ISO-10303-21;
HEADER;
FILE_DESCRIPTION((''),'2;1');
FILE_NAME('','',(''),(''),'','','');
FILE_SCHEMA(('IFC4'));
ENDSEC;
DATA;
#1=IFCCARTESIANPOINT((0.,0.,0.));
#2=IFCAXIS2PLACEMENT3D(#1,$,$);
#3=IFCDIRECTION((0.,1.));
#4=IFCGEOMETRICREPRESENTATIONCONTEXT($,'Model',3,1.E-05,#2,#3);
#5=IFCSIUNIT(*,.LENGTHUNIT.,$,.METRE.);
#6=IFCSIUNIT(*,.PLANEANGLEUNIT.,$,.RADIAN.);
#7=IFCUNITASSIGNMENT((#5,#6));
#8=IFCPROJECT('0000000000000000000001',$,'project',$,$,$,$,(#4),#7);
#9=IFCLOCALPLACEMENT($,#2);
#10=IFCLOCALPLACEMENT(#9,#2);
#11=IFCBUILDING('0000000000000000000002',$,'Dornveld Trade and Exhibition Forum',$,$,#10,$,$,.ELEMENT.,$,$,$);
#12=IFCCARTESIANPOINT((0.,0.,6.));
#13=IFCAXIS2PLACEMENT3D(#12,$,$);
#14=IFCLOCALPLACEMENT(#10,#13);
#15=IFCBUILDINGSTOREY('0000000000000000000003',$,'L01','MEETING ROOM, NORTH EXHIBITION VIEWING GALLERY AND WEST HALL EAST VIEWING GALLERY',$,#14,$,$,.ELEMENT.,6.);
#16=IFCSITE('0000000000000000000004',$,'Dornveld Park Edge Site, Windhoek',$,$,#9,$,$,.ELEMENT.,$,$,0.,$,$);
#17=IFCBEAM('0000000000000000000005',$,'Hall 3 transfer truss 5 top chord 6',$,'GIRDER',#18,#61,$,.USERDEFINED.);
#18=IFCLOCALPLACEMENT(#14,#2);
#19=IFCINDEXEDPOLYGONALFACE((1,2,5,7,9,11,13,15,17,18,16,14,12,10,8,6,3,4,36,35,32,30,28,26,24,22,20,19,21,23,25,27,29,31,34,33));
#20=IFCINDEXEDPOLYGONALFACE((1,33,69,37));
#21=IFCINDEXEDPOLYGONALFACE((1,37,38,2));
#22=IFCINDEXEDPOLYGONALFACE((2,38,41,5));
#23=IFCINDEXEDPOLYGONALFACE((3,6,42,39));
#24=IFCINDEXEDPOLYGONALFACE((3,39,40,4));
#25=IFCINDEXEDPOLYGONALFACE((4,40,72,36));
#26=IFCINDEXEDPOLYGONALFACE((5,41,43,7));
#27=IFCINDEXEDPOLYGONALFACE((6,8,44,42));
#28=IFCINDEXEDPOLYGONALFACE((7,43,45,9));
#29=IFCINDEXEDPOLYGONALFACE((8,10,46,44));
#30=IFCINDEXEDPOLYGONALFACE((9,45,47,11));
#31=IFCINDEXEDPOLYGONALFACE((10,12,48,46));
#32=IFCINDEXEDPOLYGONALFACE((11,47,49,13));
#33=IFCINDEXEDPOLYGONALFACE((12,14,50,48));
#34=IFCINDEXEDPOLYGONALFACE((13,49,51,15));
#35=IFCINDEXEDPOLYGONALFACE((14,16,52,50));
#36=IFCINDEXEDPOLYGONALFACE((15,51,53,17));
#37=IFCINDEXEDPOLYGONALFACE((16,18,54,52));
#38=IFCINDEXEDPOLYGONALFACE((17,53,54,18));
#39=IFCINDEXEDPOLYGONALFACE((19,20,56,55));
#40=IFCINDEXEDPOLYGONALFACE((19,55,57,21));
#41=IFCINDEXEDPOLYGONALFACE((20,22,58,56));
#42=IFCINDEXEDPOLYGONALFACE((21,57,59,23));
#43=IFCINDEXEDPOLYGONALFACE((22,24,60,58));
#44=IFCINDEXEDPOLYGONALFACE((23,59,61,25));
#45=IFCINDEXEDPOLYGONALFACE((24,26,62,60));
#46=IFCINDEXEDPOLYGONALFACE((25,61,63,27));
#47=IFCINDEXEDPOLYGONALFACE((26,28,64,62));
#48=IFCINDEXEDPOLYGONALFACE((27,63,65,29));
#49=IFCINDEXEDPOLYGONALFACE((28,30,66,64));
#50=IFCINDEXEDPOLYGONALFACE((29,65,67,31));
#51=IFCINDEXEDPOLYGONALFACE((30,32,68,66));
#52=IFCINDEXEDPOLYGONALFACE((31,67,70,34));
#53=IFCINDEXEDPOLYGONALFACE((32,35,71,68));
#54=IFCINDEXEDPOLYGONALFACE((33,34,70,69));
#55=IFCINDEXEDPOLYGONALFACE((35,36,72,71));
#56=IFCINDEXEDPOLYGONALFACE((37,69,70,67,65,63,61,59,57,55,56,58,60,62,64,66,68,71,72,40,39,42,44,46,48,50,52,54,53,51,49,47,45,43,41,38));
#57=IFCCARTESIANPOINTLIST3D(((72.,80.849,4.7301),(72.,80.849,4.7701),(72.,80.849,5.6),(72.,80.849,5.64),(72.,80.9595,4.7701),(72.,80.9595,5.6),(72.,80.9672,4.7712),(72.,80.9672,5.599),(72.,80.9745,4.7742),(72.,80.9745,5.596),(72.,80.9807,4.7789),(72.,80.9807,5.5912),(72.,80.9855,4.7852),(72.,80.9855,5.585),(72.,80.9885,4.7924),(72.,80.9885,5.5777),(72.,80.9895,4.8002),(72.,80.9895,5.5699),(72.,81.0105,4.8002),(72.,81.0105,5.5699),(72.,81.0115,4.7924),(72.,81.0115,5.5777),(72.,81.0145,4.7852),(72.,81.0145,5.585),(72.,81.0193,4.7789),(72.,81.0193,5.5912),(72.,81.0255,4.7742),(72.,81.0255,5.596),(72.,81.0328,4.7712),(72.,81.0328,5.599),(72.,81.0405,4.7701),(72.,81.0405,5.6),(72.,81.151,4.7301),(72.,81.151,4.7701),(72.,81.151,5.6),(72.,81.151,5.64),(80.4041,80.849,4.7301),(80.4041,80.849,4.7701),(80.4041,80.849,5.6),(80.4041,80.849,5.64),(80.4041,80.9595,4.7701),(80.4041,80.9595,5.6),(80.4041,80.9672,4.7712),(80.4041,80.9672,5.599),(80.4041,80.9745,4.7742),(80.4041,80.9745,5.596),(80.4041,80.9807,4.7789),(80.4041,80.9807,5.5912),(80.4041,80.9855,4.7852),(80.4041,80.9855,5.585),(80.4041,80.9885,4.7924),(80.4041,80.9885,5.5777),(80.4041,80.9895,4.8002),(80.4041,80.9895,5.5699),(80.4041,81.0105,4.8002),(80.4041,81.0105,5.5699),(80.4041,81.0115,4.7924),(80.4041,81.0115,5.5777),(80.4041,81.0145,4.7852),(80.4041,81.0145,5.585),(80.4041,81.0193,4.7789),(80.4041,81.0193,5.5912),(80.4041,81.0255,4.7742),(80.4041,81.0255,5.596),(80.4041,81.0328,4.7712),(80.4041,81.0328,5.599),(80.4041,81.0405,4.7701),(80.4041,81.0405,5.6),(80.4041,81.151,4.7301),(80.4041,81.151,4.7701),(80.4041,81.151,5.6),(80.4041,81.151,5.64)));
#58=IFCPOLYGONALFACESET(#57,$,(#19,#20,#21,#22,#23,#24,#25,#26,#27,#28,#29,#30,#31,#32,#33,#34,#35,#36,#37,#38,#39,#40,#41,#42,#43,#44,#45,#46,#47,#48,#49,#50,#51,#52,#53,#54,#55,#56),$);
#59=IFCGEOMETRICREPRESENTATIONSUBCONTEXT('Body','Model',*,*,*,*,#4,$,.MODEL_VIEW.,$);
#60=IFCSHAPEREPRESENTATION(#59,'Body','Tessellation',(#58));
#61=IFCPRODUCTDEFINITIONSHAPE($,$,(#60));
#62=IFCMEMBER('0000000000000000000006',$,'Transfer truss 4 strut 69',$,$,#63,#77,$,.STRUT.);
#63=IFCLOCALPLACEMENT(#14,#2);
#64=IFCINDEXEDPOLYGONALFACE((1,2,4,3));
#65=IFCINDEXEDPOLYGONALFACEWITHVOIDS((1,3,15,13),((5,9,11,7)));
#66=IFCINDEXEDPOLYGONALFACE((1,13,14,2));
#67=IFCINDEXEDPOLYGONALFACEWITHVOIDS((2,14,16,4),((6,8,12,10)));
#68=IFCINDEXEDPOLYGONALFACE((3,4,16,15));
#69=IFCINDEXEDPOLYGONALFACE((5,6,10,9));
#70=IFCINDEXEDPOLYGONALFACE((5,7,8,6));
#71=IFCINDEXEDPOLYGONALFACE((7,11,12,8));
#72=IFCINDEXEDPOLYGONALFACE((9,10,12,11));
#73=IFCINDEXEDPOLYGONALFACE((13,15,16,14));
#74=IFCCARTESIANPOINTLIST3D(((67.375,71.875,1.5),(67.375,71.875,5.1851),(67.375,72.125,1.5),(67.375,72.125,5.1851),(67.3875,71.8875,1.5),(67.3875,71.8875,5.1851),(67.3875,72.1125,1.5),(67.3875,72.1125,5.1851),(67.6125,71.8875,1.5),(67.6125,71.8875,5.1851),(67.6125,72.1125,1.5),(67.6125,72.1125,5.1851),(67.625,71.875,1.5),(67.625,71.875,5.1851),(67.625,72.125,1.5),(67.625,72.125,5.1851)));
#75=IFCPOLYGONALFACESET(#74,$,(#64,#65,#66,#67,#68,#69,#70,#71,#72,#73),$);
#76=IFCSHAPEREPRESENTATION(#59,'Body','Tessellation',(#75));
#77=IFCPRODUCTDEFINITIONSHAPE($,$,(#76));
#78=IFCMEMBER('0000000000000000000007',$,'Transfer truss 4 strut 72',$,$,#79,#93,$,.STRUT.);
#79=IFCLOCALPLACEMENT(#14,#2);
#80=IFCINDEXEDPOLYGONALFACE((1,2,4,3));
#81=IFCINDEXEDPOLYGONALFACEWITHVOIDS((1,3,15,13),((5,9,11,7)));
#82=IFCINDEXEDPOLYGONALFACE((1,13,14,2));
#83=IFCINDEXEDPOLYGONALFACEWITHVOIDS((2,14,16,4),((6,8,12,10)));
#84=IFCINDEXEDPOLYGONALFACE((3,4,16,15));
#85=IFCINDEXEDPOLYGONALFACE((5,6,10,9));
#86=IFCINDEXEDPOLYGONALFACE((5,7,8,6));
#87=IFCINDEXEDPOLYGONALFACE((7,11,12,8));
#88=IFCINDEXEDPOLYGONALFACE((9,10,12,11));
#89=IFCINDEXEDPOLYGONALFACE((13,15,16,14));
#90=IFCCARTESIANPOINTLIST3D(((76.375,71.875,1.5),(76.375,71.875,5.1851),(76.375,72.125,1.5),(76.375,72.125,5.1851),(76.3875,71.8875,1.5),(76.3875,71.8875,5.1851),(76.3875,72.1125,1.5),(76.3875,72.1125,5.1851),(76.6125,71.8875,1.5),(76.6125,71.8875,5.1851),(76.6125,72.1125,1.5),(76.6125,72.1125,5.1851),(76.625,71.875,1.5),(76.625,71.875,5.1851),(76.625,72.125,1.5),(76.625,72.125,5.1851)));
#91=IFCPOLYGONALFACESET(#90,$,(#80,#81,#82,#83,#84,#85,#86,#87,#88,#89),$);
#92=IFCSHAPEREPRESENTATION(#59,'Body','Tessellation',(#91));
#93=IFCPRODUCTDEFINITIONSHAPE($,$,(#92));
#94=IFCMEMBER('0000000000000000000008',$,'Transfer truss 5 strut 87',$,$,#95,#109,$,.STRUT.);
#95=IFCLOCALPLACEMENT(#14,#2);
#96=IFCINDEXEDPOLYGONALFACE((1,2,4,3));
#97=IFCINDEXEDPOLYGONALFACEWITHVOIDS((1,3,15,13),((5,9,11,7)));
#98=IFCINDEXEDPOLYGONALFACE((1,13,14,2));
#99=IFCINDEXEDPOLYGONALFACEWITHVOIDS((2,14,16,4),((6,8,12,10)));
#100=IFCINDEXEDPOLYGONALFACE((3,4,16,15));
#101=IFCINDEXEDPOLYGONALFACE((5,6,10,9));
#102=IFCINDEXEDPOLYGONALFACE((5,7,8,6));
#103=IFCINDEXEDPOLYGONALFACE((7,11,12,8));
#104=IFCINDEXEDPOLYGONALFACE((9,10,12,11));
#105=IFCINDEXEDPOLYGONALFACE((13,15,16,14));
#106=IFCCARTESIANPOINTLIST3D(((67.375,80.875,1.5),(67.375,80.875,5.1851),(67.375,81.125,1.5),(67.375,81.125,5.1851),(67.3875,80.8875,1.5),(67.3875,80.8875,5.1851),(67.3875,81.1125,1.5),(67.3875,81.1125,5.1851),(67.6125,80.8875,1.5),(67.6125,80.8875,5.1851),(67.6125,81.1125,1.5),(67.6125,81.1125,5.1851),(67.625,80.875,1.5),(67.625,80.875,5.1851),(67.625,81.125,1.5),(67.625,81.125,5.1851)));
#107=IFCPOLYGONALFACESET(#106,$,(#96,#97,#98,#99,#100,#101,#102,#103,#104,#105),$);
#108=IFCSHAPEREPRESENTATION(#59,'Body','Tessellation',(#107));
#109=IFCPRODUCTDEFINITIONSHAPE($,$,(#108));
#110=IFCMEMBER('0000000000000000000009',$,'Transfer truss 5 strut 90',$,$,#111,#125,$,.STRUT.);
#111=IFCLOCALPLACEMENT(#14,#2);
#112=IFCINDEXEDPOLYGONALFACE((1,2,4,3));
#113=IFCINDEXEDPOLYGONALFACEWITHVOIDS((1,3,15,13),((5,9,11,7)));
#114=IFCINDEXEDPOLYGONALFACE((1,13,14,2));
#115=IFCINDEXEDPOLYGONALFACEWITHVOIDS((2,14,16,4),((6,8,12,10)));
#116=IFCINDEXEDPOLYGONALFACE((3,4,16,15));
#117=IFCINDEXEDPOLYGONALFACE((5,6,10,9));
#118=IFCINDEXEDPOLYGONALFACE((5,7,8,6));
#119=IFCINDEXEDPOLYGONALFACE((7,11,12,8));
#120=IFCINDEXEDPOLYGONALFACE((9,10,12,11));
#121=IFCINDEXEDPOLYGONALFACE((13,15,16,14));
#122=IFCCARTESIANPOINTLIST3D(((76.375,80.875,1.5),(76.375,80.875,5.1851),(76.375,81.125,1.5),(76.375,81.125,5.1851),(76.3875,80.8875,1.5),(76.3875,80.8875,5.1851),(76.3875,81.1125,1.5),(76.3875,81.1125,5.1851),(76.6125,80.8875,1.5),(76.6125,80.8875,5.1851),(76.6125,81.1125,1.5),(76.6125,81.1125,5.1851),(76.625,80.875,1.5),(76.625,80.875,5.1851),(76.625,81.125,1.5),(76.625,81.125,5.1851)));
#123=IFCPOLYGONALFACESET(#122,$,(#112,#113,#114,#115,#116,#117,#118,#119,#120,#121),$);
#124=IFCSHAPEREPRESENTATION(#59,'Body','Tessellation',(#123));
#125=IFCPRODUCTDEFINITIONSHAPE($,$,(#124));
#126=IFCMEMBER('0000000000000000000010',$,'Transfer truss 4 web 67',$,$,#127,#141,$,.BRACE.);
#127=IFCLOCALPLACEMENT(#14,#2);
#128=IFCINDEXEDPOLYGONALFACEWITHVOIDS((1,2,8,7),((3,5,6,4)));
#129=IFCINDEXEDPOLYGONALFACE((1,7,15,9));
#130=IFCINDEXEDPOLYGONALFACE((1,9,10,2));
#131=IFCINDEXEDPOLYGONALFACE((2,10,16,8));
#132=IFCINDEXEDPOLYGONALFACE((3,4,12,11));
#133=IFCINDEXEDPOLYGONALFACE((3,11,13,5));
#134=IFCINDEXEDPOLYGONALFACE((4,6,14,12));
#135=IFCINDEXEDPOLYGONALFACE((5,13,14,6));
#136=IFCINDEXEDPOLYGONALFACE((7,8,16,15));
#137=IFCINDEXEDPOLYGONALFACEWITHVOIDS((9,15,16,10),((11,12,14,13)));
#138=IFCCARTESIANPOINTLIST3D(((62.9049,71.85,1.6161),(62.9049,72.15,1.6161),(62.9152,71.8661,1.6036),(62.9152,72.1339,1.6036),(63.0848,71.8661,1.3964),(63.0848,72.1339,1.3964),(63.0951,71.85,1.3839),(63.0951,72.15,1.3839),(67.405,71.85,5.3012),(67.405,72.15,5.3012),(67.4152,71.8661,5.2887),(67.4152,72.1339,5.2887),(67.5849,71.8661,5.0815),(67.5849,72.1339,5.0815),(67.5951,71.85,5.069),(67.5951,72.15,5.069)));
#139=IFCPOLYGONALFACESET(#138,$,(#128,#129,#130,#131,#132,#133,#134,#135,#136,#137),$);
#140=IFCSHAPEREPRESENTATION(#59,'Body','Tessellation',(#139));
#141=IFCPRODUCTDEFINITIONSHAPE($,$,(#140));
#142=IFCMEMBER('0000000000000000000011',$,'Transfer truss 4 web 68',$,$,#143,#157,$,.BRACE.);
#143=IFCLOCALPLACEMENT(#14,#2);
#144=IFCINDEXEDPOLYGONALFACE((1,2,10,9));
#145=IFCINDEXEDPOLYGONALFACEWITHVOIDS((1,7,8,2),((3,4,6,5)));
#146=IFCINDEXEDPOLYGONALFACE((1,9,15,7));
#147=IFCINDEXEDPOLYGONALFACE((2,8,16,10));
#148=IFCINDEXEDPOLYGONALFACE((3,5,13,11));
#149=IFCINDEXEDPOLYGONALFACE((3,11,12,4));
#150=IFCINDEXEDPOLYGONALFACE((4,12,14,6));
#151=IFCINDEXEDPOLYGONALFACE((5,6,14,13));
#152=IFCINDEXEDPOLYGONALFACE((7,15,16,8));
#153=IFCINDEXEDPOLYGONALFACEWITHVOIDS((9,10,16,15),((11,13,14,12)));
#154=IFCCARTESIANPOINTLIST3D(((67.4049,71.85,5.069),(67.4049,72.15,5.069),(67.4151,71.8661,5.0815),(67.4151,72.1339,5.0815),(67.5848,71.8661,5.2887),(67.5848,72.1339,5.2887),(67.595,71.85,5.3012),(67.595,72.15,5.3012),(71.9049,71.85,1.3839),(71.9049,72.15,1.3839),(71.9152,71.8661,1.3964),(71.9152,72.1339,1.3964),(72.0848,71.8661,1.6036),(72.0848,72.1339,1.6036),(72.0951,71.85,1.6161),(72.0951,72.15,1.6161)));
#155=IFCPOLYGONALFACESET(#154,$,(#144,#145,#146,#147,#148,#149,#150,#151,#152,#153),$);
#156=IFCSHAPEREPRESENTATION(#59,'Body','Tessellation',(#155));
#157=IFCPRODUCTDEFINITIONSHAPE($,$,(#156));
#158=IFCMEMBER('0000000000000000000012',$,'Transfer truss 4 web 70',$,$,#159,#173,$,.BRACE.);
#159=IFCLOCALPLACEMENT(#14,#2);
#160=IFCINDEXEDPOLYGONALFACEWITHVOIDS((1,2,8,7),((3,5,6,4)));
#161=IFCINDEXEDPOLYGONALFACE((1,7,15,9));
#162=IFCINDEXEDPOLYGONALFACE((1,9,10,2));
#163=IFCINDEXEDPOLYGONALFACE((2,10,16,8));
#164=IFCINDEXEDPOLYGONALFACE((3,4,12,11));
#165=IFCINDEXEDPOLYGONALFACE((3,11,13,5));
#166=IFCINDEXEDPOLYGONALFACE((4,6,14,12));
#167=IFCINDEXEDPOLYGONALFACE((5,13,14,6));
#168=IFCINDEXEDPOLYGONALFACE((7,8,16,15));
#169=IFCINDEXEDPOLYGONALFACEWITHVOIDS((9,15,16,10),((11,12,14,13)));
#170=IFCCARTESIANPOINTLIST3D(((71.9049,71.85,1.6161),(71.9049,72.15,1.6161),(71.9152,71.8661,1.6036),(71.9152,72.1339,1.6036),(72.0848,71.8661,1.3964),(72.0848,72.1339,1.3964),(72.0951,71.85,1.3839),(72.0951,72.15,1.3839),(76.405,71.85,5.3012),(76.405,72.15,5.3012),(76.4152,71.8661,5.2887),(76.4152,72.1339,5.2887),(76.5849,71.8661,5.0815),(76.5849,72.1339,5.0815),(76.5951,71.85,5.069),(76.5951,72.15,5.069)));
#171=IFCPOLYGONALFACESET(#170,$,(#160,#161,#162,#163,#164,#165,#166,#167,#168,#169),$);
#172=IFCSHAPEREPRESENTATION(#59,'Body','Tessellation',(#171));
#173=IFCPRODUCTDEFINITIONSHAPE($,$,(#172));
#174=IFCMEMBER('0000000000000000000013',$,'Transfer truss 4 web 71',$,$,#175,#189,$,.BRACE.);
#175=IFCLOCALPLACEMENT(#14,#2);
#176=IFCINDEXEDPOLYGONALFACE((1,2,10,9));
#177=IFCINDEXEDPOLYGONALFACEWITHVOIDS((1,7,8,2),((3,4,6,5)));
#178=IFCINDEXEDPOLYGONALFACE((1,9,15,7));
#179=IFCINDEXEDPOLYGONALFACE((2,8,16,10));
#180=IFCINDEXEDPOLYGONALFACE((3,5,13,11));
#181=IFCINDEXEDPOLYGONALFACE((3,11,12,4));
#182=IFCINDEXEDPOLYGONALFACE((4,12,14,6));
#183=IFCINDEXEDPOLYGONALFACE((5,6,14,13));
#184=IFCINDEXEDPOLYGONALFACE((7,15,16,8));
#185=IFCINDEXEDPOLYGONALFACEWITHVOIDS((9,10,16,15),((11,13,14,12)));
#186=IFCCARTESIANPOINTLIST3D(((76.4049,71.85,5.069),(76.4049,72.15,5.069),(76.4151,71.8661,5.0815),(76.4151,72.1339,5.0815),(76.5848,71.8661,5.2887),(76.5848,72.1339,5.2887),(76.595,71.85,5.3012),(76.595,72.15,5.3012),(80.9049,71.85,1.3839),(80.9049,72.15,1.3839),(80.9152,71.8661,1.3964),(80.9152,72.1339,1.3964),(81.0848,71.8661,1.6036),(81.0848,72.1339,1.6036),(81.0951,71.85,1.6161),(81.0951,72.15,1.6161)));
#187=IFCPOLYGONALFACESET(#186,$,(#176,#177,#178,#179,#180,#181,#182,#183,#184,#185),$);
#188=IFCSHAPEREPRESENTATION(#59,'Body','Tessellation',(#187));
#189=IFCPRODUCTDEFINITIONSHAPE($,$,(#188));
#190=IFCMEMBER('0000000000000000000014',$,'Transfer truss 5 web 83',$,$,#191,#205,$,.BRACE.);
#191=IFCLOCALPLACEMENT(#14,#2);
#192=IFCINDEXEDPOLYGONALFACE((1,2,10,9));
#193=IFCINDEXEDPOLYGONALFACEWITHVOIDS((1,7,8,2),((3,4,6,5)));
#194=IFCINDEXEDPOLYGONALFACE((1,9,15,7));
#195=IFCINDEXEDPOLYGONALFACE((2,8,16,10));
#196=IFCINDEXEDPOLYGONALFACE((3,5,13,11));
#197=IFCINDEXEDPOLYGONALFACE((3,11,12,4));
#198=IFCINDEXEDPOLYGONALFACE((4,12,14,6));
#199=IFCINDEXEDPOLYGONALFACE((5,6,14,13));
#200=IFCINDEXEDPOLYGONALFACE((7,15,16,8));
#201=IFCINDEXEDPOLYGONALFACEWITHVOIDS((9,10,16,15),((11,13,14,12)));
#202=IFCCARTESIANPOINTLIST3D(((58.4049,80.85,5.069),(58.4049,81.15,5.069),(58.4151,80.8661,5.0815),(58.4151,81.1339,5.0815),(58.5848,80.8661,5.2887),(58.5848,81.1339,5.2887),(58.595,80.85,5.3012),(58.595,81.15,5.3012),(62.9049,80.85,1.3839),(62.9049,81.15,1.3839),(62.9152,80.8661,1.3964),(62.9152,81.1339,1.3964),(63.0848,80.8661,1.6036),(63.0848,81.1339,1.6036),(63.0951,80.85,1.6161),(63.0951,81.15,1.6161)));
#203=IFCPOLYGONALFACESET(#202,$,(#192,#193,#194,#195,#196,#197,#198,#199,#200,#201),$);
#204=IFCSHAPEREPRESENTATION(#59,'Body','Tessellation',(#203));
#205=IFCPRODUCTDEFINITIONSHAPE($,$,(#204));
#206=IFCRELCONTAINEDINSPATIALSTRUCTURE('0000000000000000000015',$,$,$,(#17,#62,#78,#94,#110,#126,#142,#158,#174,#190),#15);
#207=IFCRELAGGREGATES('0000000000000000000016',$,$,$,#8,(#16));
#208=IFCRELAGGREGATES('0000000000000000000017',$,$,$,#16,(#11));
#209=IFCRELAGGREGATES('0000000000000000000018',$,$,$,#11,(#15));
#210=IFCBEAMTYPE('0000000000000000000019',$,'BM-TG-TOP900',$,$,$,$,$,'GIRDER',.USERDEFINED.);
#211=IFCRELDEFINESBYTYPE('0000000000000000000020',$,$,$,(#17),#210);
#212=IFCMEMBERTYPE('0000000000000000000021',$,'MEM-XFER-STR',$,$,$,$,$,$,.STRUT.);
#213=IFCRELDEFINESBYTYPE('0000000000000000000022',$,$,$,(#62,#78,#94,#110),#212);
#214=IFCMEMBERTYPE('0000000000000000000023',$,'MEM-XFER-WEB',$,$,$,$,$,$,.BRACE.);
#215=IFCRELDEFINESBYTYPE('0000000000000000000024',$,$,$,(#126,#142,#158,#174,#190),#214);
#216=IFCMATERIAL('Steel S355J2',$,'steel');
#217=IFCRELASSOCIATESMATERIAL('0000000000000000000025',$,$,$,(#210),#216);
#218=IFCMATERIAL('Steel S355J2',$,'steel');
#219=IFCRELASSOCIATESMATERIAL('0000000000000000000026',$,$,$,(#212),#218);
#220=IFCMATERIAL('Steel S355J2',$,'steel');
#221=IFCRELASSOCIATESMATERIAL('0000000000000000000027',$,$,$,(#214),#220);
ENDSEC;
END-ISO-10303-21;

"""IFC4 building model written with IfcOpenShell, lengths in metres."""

from ifc_helpers import new_model, si_unit, direction, frame, origin, origin_2d, place, context, subcontext, project, spatial, hollow_rectangle, i_section, extrude, material, material_profile, profile_set, type_object, element, save


model = new_model("IFC4")

# Units and contexts
model_context = context("Model", 3, precision=1e-05, world=origin(), true_north=direction((0.0, 1.0)))
body_context = subcontext(model_context, "Body", "Model", "MODEL_VIEW")
ifc_project = project(units=[si_unit("LENGTHUNIT", "METRE"), si_unit("PLANEANGLEUNIT", "RADIAN")], contexts=[model_context])

# Site, building, storey
site_placement = place(None, origin())
site = spatial("IfcSite", under=ifc_project, at=site_placement, Name="Dornveld Park Edge Site, Windhoek", CompositionType="ELEMENT", RefElevation=0.0)
building_placement = place(site_placement, origin())
building = spatial("IfcBuilding", under=site, at=building_placement, Name="Dornveld Trade and Exhibition Forum", CompositionType="ELEMENT")
storey_placement = place(building_placement, frame((0.0, 0.0, 6.0)))
storey = spatial("IfcBuildingStorey", under=building, at=storey_placement, Name="L01", Description="MEETING ROOM, NORTH EXHIBITION VIEWING GALLERY AND WEST HALL EAST VIEWING GALLERY", CompositionType="ELEMENT", Elevation=6.0)

# Beam
ifc_material_1 = material(Name="Steel S355J2", Category="steel")
ifc_material_profile_1 = material_profile(ifc_material_1, i_section(OverallWidth=0.302, OverallDepth=0.9099, WebThickness=0.021, FlangeThickness=0.04, FilletRadius=0.03, at=origin_2d()), Name="HEM 900")
ifc_profile_set_1 = profile_set([ifc_material_profile_1], Name="Steel S355J2")
beam_type_1 = type_object("IfcBeamType", Name="BM-TG-TOP900", ElementType="GIRDER", PredefinedType="USERDEFINED", material=ifc_profile_set_1)
beam_1_placement = place(storey_placement, frame((72.0, 81.0, 5.1851), z_axis=(1.0, 0.0, 0.0), x_axis=(0.0, 1.0, 0.0)))
element("IfcBeam", 1, at=beam_1_placement, inside=storey, type_object=beam_type_1, Name="Hall 3 transfer truss 5 top chord 6", ObjectType="GIRDER", PredefinedType="USERDEFINED", context=body_context, shape_type="SweptSolid", body=[
    extrude(i_section(OverallWidth=0.302, OverallDepth=0.9099, WebThickness=0.021, FlangeThickness=0.04, FilletRadius=0.03, at=origin_2d()), origin(), (0.0, 0.0, 1.0), 8.4041),
])

# Members
ifc_material_2 = material(Name="Steel S355J2", Category="steel")
ifc_material_profile_2 = material_profile(ifc_material_2, hollow_rectangle(XDim=0.25, YDim=0.25, WallThickness=0.0125, at=origin_2d()), Name="SHS 250x250x12.5")
ifc_profile_set_2 = profile_set([ifc_material_profile_2], Name="Steel S355J2")
member_type_1 = type_object("IfcMemberType", Name="MEM-XFER-STR", PredefinedType="STRUT", material=ifc_profile_set_2)
for number, where, z_axis, x_axis, name in (
    (2, (67.5, 72.0, 1.5), (0.0, 0.0, 1.0), (1.0, 0.0, 0.0), "Transfer truss 4 strut 69"),
    (3, (76.5, 72.0, 1.5), (0.0, 0.0, 1.0), (1.0, 0.0, 0.0), "Transfer truss 4 strut 72"),
    (4, (67.5, 81.0, 1.5), (0.0, 0.0, 1.0), (1.0, 0.0, 0.0), "Transfer truss 5 strut 87"),
    (5, (76.5, 81.0, 1.5), (0.0, 0.0, 1.0), (1.0, 0.0, 0.0), "Transfer truss 5 strut 90"),
):
    element("IfcMember", number, at=place(storey_placement, frame(where, z_axis=z_axis, x_axis=x_axis)), inside=storey, type_object=member_type_1, Name=name, PredefinedType="STRUT", context=body_context, shape_type="SweptSolid", body=[
        extrude(hollow_rectangle(XDim=0.25, YDim=0.25, WallThickness=0.0125, at=origin_2d()), origin(), (0.0, 0.0, 1.0), 3.6851),
    ])
ifc_material_3 = material(Name="Steel S355J2", Category="steel")
ifc_material_profile_3 = material_profile(ifc_material_3, hollow_rectangle(XDim=0.3, YDim=0.3, WallThickness=0.0161, at=origin_2d()), Name="SHS 300x300x16")
ifc_profile_set_3 = profile_set([ifc_material_profile_3], Name="Steel S355J2")
member_type_2 = type_object("IfcMemberType", Name="MEM-XFER-WEB", PredefinedType="BRACE", material=ifc_profile_set_3)
for number, where, z_axis, x_axis, name in (
    (6, (63.0, 72.0, 1.5), (0.773684, 0.0, 0.633571), (0.0, 1.0, 0.0), "Transfer truss 4 web 67"),
    (7, (72.0, 72.0, 1.5), (-0.773684, 0.0, 0.633571), (0.0, -1.0, 0.0), "Transfer truss 4 web 68"),
    (8, (72.0, 72.0, 1.5), (0.773684, 0.0, 0.633571), (0.0, 1.0, 0.0), "Transfer truss 4 web 70"),
    (9, (81.0, 72.0, 1.5), (-0.773684, 0.0, 0.633571), (0.0, -1.0, 0.0), "Transfer truss 4 web 71"),
    (10, (63.0, 81.0, 1.5), (-0.773684, 0.0, 0.633571), (0.0, -1.0, 0.0), "Transfer truss 5 web 83"),
):
    element("IfcMember", number, at=place(storey_placement, frame(where, z_axis=z_axis, x_axis=x_axis)), inside=storey, type_object=member_type_2, Name=name, PredefinedType="BRACE", context=body_context, shape_type="SweptSolid", body=[
        extrude(hollow_rectangle(XDim=0.3, YDim=0.3, WallThickness=0.0161, at=origin_2d()), origin(), (0.0, 0.0, 1.0), 5.8164),
    ])

save(model, "model.ifc")
